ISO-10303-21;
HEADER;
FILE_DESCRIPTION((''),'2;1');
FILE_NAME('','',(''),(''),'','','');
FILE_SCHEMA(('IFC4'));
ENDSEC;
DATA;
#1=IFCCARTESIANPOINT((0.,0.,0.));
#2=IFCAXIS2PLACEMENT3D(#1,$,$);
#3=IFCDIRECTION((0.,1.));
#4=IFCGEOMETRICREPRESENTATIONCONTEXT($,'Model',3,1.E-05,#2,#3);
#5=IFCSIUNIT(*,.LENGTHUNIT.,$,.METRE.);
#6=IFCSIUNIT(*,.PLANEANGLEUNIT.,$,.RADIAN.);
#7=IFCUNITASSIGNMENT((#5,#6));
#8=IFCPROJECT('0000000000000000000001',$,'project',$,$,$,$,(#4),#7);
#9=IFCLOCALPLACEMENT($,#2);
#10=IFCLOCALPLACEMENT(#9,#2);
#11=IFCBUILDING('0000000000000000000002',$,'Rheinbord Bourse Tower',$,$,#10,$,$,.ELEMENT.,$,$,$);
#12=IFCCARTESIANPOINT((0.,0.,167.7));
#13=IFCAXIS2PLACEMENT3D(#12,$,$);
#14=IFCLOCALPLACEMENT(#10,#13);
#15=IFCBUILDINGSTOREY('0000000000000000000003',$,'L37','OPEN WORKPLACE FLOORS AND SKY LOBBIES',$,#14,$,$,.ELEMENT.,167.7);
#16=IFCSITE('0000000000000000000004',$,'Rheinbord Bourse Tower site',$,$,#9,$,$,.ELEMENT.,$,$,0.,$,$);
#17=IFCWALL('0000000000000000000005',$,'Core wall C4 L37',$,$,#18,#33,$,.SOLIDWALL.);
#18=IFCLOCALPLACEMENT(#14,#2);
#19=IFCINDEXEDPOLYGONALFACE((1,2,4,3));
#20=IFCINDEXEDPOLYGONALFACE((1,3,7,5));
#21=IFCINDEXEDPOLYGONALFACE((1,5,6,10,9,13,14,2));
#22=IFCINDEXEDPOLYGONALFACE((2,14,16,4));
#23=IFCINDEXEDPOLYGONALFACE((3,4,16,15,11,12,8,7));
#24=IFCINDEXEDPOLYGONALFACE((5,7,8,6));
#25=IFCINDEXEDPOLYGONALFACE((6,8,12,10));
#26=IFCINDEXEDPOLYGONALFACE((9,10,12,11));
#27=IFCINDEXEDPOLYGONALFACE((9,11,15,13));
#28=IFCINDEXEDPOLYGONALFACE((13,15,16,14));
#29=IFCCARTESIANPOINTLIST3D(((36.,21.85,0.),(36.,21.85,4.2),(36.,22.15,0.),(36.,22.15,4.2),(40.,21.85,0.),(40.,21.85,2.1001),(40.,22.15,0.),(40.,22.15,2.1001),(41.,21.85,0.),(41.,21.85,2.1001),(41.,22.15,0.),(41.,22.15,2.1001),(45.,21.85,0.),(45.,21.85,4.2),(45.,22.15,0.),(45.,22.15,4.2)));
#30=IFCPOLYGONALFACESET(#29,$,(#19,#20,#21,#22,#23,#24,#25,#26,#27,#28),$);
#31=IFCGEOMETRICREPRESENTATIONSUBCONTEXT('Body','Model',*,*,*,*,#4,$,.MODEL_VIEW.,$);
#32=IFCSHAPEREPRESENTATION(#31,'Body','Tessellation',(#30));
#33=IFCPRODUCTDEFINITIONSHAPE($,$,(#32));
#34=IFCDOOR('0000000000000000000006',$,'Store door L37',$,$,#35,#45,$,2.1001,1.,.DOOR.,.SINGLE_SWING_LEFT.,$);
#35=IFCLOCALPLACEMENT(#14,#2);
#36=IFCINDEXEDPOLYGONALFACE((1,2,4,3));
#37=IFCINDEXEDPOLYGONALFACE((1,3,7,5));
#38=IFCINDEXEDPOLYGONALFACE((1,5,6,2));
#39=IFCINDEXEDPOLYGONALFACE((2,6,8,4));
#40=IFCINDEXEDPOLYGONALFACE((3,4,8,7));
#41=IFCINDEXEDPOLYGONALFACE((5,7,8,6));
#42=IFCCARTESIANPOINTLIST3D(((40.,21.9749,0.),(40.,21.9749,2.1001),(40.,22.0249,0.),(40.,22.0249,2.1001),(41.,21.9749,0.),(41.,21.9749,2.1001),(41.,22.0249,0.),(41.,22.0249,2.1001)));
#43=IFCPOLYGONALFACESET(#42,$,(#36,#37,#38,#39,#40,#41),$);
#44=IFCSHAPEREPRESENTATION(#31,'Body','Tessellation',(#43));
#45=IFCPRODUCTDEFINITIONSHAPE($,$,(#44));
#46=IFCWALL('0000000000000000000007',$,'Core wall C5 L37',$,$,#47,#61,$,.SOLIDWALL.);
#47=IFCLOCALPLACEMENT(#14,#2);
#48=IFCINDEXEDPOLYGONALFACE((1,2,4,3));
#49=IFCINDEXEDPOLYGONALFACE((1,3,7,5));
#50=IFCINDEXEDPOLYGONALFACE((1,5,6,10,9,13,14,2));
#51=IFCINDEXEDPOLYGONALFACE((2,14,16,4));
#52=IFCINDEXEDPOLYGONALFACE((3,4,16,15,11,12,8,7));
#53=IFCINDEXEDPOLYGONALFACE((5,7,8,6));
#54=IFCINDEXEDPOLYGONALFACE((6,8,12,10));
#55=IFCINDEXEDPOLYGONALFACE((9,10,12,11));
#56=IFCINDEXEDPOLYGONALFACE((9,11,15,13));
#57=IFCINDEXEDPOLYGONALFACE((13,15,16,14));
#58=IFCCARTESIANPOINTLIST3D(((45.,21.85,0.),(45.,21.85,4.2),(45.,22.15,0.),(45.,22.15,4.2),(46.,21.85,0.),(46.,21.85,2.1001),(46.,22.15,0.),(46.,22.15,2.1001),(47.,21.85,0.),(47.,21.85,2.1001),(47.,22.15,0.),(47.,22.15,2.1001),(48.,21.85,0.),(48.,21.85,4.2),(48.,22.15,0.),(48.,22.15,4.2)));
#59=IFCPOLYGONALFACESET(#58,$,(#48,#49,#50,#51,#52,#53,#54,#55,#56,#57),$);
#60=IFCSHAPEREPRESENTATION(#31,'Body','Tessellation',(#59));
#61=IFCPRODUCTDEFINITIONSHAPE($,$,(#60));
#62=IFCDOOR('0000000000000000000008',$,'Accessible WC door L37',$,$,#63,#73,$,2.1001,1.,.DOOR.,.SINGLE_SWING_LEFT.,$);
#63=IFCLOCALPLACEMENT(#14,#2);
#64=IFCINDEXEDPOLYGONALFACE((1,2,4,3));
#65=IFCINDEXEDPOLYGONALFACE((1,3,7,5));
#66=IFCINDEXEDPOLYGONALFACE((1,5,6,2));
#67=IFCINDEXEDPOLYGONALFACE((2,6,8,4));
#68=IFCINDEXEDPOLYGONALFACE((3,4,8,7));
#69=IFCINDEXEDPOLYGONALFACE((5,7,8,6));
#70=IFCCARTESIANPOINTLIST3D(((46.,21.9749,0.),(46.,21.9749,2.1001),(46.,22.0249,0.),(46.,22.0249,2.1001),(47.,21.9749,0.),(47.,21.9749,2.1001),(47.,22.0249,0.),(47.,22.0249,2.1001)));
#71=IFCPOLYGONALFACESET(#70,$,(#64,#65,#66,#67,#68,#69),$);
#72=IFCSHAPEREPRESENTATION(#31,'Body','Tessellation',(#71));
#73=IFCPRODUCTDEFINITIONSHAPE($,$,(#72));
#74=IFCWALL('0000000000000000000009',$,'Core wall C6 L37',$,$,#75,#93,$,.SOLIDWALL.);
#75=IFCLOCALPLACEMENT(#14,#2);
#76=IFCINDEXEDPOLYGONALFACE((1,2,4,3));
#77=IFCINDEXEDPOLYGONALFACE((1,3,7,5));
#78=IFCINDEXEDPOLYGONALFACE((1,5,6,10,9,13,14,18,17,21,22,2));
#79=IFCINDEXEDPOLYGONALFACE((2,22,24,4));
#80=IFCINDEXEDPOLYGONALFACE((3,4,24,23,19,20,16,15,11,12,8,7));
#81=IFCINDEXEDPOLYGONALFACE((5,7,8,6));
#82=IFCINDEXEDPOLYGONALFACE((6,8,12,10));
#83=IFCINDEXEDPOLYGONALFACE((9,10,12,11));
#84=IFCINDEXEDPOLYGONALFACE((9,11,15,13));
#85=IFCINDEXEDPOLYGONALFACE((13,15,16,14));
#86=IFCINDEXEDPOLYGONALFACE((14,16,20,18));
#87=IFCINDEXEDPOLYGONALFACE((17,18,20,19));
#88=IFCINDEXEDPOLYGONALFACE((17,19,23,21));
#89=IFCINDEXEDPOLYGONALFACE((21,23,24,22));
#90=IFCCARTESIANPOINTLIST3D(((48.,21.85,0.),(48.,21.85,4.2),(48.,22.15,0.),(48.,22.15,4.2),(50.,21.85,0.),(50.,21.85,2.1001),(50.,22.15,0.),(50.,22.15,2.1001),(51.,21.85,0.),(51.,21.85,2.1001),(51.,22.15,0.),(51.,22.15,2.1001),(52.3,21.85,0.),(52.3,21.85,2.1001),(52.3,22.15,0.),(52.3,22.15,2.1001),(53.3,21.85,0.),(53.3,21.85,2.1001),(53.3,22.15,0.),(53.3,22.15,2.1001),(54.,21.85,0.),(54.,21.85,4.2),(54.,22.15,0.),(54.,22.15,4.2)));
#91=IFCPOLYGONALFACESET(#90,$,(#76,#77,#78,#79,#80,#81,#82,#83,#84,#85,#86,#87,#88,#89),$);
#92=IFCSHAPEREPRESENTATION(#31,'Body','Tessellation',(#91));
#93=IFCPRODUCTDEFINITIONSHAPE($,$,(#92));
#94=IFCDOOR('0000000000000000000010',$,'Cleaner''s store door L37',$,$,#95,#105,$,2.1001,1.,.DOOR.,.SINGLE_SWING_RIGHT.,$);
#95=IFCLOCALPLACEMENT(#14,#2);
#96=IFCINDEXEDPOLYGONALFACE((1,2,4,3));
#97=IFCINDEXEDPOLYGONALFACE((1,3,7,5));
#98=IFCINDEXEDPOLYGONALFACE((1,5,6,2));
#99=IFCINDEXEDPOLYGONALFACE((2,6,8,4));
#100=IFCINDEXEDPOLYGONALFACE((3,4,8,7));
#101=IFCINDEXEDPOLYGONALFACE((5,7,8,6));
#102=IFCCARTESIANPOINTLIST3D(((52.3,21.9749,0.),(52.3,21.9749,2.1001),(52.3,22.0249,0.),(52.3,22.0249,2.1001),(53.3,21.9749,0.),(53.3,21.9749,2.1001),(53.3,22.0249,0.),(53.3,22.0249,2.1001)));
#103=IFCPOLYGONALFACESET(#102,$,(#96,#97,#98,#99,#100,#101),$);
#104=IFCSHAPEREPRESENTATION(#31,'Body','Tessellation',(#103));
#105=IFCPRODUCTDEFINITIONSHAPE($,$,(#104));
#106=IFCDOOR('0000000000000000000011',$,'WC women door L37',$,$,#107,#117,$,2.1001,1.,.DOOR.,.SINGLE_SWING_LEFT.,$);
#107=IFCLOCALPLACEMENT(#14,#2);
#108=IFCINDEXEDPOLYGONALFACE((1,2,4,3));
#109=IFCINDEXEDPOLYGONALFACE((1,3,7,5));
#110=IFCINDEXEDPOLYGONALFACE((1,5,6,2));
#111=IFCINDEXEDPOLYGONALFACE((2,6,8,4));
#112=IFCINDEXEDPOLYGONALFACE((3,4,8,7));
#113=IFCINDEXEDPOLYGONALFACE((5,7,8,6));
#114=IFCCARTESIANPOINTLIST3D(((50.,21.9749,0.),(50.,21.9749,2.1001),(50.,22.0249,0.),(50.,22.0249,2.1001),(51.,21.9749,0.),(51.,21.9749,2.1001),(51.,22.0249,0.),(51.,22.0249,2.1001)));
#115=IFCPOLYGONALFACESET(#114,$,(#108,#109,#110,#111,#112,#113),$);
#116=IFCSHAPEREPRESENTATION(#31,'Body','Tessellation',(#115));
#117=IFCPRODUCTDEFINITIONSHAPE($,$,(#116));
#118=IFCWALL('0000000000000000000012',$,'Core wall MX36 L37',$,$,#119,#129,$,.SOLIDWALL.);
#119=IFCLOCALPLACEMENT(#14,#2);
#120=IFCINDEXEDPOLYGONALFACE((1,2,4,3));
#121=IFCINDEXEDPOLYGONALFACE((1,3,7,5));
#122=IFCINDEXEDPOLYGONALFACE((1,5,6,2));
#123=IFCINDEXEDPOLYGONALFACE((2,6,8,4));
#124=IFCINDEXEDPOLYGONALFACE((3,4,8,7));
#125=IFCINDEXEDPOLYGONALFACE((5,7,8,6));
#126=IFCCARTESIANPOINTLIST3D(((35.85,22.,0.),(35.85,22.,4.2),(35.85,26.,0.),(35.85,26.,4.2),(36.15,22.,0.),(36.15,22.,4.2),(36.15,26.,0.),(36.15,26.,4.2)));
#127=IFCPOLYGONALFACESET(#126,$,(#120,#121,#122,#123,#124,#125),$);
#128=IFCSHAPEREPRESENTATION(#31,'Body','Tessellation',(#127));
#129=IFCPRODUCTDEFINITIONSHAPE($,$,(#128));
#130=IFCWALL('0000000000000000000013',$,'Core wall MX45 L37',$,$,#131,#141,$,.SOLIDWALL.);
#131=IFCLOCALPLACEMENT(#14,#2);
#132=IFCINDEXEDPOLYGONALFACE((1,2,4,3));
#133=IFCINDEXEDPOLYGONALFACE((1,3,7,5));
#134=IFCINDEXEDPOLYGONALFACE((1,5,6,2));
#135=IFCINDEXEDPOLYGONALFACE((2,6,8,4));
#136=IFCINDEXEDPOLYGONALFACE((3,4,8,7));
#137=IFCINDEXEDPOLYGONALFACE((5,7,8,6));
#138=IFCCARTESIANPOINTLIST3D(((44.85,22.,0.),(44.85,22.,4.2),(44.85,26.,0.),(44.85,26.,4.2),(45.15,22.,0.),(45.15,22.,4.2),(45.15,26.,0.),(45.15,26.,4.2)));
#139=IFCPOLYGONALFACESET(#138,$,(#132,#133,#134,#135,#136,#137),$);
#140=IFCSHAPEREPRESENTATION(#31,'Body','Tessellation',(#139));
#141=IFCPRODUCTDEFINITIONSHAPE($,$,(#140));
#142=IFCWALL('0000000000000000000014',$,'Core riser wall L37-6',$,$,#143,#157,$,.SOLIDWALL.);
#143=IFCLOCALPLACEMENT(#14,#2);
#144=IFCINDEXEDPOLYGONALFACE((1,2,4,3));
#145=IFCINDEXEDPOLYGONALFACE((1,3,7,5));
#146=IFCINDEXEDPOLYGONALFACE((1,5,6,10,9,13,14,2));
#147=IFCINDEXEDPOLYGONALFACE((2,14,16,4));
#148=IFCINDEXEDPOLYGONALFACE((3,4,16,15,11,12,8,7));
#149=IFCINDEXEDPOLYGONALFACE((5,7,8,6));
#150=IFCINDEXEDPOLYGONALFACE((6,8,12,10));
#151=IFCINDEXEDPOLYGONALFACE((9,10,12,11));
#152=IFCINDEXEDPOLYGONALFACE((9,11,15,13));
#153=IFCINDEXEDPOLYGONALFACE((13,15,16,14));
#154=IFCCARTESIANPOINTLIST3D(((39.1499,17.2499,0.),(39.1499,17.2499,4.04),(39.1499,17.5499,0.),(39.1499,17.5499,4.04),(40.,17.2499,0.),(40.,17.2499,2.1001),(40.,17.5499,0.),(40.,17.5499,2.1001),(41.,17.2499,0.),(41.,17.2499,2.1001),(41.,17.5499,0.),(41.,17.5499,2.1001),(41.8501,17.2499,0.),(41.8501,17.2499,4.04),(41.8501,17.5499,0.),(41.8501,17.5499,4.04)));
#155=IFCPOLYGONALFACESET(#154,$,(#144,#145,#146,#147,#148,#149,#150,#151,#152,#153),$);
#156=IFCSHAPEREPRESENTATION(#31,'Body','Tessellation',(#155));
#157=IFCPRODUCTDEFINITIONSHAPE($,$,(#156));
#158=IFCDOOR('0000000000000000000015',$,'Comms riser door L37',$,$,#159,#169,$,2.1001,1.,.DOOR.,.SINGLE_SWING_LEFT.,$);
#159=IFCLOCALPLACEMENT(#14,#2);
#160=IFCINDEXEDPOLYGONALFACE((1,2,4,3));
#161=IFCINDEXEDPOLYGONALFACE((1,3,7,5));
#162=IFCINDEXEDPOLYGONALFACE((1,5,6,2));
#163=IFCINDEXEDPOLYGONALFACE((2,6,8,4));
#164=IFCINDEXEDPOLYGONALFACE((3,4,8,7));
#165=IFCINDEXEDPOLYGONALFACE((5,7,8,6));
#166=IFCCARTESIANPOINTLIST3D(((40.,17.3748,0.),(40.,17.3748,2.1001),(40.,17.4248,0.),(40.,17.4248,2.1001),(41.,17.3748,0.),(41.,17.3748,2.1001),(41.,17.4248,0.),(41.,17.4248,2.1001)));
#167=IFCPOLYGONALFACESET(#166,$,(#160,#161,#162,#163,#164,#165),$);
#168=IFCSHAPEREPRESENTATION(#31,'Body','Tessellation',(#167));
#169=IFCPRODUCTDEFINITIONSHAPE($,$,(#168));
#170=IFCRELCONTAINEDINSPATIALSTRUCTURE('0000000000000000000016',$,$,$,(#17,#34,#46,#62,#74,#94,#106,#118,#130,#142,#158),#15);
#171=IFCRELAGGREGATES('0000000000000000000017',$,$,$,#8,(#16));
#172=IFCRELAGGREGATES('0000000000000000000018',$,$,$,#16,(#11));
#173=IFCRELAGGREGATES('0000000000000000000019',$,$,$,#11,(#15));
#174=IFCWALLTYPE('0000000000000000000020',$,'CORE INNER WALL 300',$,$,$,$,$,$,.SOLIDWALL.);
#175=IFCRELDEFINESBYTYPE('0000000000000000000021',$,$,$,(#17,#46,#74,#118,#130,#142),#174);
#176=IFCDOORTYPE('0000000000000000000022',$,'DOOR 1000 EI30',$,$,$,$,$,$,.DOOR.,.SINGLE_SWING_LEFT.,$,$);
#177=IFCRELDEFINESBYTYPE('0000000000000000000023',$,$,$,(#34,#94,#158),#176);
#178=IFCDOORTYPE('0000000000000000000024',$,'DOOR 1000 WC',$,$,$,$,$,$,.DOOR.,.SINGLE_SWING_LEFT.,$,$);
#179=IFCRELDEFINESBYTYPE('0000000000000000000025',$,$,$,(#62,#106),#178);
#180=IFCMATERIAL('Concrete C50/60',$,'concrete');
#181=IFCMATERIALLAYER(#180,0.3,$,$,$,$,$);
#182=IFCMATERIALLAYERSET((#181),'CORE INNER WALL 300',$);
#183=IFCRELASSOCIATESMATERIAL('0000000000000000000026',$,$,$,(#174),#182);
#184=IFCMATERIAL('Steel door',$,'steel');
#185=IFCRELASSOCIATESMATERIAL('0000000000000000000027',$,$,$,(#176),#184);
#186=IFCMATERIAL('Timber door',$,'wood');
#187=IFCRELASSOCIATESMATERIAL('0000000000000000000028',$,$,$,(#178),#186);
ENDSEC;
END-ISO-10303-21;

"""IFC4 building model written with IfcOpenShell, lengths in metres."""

from ifc_helpers import new_model, si_unit, direction, frame, frame_2d, origin, place, context, subcontext, project, spatial, rectangle, extrude, material, layer, layer_set, type_object, element, fill, save


model = new_model("IFC4")

# Units and contexts
model_context = context("Model", 3, precision=1e-05, world=origin(), true_north=direction((0.0, 1.0)))
body_context = subcontext(model_context, "Body", "Model", "MODEL_VIEW")
ifc_project = project(units=[si_unit("LENGTHUNIT", "METRE"), si_unit("PLANEANGLEUNIT", "RADIAN")], contexts=[model_context])

# Site, building, storey
site_placement = place(None, origin())
site = spatial("IfcSite", under=ifc_project, at=site_placement, Name="Rheinbord Bourse Tower site", CompositionType="ELEMENT", RefElevation=0.0)
building_placement = place(site_placement, origin())
building = spatial("IfcBuilding", under=site, at=building_placement, Name="Rheinbord Bourse Tower", CompositionType="ELEMENT")
storey_placement = place(building_placement, frame((0.0, 0.0, 167.7)))
storey = spatial("IfcBuildingStorey", under=building, at=storey_placement, Name="L37", Description="OPEN WORKPLACE FLOORS AND SKY LOBBIES", CompositionType="ELEMENT", Elevation=167.7)

# Shared definitions
ifc_material_1 = material(Name="Concrete C50/60", Category="concrete")
ifc_layer_1 = layer(ifc_material_1, 0.3)
ifc_layer_set_1 = layer_set([ifc_layer_1], Name="CORE INNER WALL 300")
wall_type_1 = type_object("IfcWallType", Name="CORE INNER WALL 300", PredefinedType="SOLIDWALL", material=ifc_layer_set_1)
ifc_material_2 = material(Name="Steel door", Category="steel")
door_type_1 = type_object("IfcDoorType", Name="DOOR 1000 EI30", OperationType="SINGLE_SWING_LEFT", PredefinedType="DOOR", material=ifc_material_2)

# Walls, openings, doors
wall_1_placement = place(storey_placement, frame((36.0, 22.0, 0.0), z_axis=(0.0, 0.0, 1.0), x_axis=(1.0, 0.0, 0.0)))
wall_1 = element("IfcWall", 1, at=wall_1_placement, inside=storey, type_object=wall_type_1, Name="Core wall C4 L37", PredefinedType="SOLIDWALL", context=body_context, shape_type="SweptSolid", body=[
    extrude(rectangle(XDim=9.0, YDim=0.3, at=frame_2d((4.5, 0.0))), origin(), (0.0, 0.0, 1.0), 4.2),
])
opening_1_placement = place(wall_1_placement, frame((4.0, 0.0, 0.0)))
opening_1 = element("IfcOpeningElement", 2, at=opening_1_placement, cuts=wall_1, PredefinedType="OPENING", context=body_context, shape_type="SweptSolid", body=[
    extrude(rectangle(XDim=1.0, YDim=2.1001, at=frame_2d((0.5, 1.05))), frame((0.0, 0.1599, 0.0), z_axis=(0.0, -1.0, 0.0), x_axis=(1.0, 0.0, 0.0)), (0.0, 0.0, 1.0), 0.3201),
])
door_1_placement = place(opening_1_placement, origin())
door_1 = element("IfcDoor", 3, at=door_1_placement, inside=storey, type_object=door_type_1, Name="Store door L37", OperationType="SINGLE_SWING_LEFT", OverallHeight=2.1001, OverallWidth=1.0, PredefinedType="DOOR", context=body_context, shape_type="SweptSolid", body=[
    extrude(rectangle(XDim=1.0, YDim=2.1001, at=frame_2d((0.5, 1.05))), frame((0.0, 0.0249, 0.0), z_axis=(0.0, -1.0, 0.0), x_axis=(1.0, 0.0, 0.0)), (0.0, 0.0, 1.0), 0.05),
])
fill(opening_1, door_1)
wall_2_placement = place(storey_placement, frame((45.0, 22.0, 0.0), z_axis=(0.0, 0.0, 1.0), x_axis=(1.0, 0.0, 0.0)))
wall_2 = element("IfcWall", 4, at=wall_2_placement, inside=storey, type_object=wall_type_1, Name="Core wall C5 L37", PredefinedType="SOLIDWALL", context=body_context, shape_type="SweptSolid", body=[
    extrude(rectangle(XDim=3.0, YDim=0.3, at=frame_2d((1.5, 0.0))), origin(), (0.0, 0.0, 1.0), 4.2),
])
opening_2_placement = place(wall_2_placement, frame((1.0, 0.0, 0.0)))
opening_2 = element("IfcOpeningElement", 5, at=opening_2_placement, cuts=wall_2, PredefinedType="OPENING", context=body_context, shape_type="SweptSolid", body=[
    extrude(rectangle(XDim=1.0, YDim=2.1001, at=frame_2d((0.5, 1.05))), frame((0.0, 0.1599, 0.0), z_axis=(0.0, -1.0, 0.0), x_axis=(1.0, 0.0, 0.0)), (0.0, 0.0, 1.0), 0.3201),
])
ifc_material_3 = material(Name="Timber door", Category="wood")
door_type_2 = type_object("IfcDoorType", Name="DOOR 1000 WC", OperationType="SINGLE_SWING_LEFT", PredefinedType="DOOR", material=ifc_material_3)
door_2_placement = place(opening_2_placement, origin())
door_2 = element("IfcDoor", 6, at=door_2_placement, inside=storey, type_object=door_type_2, Name="Accessible WC door L37", OperationType="SINGLE_SWING_LEFT", OverallHeight=2.1001, OverallWidth=1.0, PredefinedType="DOOR", context=body_context, shape_type="SweptSolid", body=[
    extrude(rectangle(XDim=1.0, YDim=2.1001, at=frame_2d((0.5, 1.05))), frame((0.0, 0.0249, 0.0), z_axis=(0.0, -1.0, 0.0), x_axis=(1.0, 0.0, 0.0)), (0.0, 0.0, 1.0), 0.05),
])
fill(opening_2, door_2)

# Wall, openings, doors
wall_3_placement = place(storey_placement, frame((48.0, 22.0, 0.0), z_axis=(0.0, 0.0, 1.0), x_axis=(1.0, 0.0, 0.0)))
wall_3 = element("IfcWall", 7, at=wall_3_placement, inside=storey, type_object=wall_type_1, Name="Core wall C6 L37", PredefinedType="SOLIDWALL", context=body_context, shape_type="SweptSolid", body=[
    extrude(rectangle(XDim=6.0, YDim=0.3, at=frame_2d((3.0, 0.0))), origin(), (0.0, 0.0, 1.0), 4.2),
])
opening_3_placement = place(wall_3_placement, frame((2.0, 0.0, 0.0)))
opening_3 = element("IfcOpeningElement", 8, at=opening_3_placement, cuts=wall_3, PredefinedType="OPENING", context=body_context, shape_type="SweptSolid", body=[
    extrude(rectangle(XDim=1.0, YDim=2.1001, at=frame_2d((0.5, 1.05))), frame((0.0, 0.1599, 0.0), z_axis=(0.0, -1.0, 0.0), x_axis=(1.0, 0.0, 0.0)), (0.0, 0.0, 1.0), 0.3201),
])
opening_4_placement = place(wall_3_placement, frame((4.3, 0.0, 0.0)))
opening_4 = element("IfcOpeningElement", 9, at=opening_4_placement, cuts=wall_3, PredefinedType="OPENING", context=body_context, shape_type="SweptSolid", body=[
    extrude(rectangle(XDim=1.0, YDim=2.1001, at=frame_2d((0.5, 1.05))), frame((0.0, 0.1599, 0.0), z_axis=(0.0, -1.0, 0.0), x_axis=(1.0, 0.0, 0.0)), (0.0, 0.0, 1.0), 0.3201),
])
door_3_placement = place(opening_4_placement, origin())
door_3 = element("IfcDoor", 10, at=door_3_placement, inside=storey, type_object=door_type_1, Name="Cleaner's store door L37", OperationType="SINGLE_SWING_RIGHT", OverallHeight=2.1001, OverallWidth=1.0, PredefinedType="DOOR", context=body_context, shape_type="SweptSolid", body=[
    extrude(rectangle(XDim=1.0, YDim=2.1001, at=frame_2d((0.5, 1.05))), frame((0.0, 0.0249, 0.0), z_axis=(0.0, -1.0, 0.0), x_axis=(1.0, 0.0, 0.0)), (0.0, 0.0, 1.0), 0.05),
])
fill(opening_4, door_3)
door_4_placement = place(opening_3_placement, origin())
door_4 = element("IfcDoor", 11, at=door_4_placement, inside=storey, type_object=door_type_2, Name="WC women door L37", OperationType="SINGLE_SWING_LEFT", OverallHeight=2.1001, OverallWidth=1.0, PredefinedType="DOOR", context=body_context, shape_type="SweptSolid", body=[
    extrude(rectangle(XDim=1.0, YDim=2.1001, at=frame_2d((0.5, 1.05))), frame((0.0, 0.0249, 0.0), z_axis=(0.0, -1.0, 0.0), x_axis=(1.0, 0.0, 0.0)), (0.0, 0.0, 1.0), 0.05),
])
fill(opening_3, door_4)

# Walls
for number, where, z_axis, x_axis, name in (
    (12, (36.0, 22.0, 0.0), (0.0, 0.0, 1.0), (0.0, 1.0, 0.0), "Core wall MX36 L37"),
    (13, (45.0, 22.0, 0.0), (0.0, 0.0, 1.0), (0.0, 1.0, 0.0), "Core wall MX45 L37"),
):
    element("IfcWall", number, at=place(storey_placement, frame(where, z_axis=z_axis, x_axis=x_axis)), inside=storey, type_object=wall_type_1, Name=name, PredefinedType="SOLIDWALL", context=body_context, shape_type="SweptSolid", body=[
        extrude(rectangle(XDim=4.0, YDim=0.3, at=frame_2d((2.0, 0.0))), origin(), (0.0, 0.0, 1.0), 4.2),
    ])

# Wall, opening, door
wall_4_placement = place(storey_placement, frame((39.1499, 17.3999, 0.0), z_axis=(0.0, 0.0, 1.0), x_axis=(1.0, 0.0, 0.0)))
wall_4 = element("IfcWall", 14, at=wall_4_placement, inside=storey, type_object=wall_type_1, Name="Core riser wall L37-6", PredefinedType="SOLIDWALL", context=body_context, shape_type="SweptSolid", body=[
    extrude(rectangle(XDim=2.7002, YDim=0.3, at=frame_2d((1.3501, 0.0))), origin(), (0.0, 0.0, 1.0), 4.04),
])
opening_5_placement = place(wall_4_placement, frame((0.8501, 0.0, 0.0)))
opening_5 = element("IfcOpeningElement", 15, at=opening_5_placement, cuts=wall_4, PredefinedType="OPENING", context=body_context, shape_type="SweptSolid", body=[
    extrude(rectangle(XDim=1.0, YDim=2.1001, at=frame_2d((0.5, 1.05))), frame((0.0, 0.1599, 0.0), z_axis=(0.0, -1.0, 0.0), x_axis=(1.0, 0.0, 0.0)), (0.0, 0.0, 1.0), 0.3201),
])
door_5_placement = place(opening_5_placement, origin())
door_5 = element("IfcDoor", 16, at=door_5_placement, inside=storey, type_object=door_type_1, Name="Comms riser door L37", OperationType="SINGLE_SWING_LEFT", OverallHeight=2.1001, OverallWidth=1.0, PredefinedType="DOOR", context=body_context, shape_type="SweptSolid", body=[
    extrude(rectangle(XDim=1.0, YDim=2.1001, at=frame_2d((0.5, 1.05))), frame((0.0, 0.0249, 0.0), z_axis=(0.0, -1.0, 0.0), x_axis=(1.0, 0.0, 0.0)), (0.0, 0.0, 1.0), 0.05),
])
fill(opening_5, door_5)

save(model, "model.ifc")
